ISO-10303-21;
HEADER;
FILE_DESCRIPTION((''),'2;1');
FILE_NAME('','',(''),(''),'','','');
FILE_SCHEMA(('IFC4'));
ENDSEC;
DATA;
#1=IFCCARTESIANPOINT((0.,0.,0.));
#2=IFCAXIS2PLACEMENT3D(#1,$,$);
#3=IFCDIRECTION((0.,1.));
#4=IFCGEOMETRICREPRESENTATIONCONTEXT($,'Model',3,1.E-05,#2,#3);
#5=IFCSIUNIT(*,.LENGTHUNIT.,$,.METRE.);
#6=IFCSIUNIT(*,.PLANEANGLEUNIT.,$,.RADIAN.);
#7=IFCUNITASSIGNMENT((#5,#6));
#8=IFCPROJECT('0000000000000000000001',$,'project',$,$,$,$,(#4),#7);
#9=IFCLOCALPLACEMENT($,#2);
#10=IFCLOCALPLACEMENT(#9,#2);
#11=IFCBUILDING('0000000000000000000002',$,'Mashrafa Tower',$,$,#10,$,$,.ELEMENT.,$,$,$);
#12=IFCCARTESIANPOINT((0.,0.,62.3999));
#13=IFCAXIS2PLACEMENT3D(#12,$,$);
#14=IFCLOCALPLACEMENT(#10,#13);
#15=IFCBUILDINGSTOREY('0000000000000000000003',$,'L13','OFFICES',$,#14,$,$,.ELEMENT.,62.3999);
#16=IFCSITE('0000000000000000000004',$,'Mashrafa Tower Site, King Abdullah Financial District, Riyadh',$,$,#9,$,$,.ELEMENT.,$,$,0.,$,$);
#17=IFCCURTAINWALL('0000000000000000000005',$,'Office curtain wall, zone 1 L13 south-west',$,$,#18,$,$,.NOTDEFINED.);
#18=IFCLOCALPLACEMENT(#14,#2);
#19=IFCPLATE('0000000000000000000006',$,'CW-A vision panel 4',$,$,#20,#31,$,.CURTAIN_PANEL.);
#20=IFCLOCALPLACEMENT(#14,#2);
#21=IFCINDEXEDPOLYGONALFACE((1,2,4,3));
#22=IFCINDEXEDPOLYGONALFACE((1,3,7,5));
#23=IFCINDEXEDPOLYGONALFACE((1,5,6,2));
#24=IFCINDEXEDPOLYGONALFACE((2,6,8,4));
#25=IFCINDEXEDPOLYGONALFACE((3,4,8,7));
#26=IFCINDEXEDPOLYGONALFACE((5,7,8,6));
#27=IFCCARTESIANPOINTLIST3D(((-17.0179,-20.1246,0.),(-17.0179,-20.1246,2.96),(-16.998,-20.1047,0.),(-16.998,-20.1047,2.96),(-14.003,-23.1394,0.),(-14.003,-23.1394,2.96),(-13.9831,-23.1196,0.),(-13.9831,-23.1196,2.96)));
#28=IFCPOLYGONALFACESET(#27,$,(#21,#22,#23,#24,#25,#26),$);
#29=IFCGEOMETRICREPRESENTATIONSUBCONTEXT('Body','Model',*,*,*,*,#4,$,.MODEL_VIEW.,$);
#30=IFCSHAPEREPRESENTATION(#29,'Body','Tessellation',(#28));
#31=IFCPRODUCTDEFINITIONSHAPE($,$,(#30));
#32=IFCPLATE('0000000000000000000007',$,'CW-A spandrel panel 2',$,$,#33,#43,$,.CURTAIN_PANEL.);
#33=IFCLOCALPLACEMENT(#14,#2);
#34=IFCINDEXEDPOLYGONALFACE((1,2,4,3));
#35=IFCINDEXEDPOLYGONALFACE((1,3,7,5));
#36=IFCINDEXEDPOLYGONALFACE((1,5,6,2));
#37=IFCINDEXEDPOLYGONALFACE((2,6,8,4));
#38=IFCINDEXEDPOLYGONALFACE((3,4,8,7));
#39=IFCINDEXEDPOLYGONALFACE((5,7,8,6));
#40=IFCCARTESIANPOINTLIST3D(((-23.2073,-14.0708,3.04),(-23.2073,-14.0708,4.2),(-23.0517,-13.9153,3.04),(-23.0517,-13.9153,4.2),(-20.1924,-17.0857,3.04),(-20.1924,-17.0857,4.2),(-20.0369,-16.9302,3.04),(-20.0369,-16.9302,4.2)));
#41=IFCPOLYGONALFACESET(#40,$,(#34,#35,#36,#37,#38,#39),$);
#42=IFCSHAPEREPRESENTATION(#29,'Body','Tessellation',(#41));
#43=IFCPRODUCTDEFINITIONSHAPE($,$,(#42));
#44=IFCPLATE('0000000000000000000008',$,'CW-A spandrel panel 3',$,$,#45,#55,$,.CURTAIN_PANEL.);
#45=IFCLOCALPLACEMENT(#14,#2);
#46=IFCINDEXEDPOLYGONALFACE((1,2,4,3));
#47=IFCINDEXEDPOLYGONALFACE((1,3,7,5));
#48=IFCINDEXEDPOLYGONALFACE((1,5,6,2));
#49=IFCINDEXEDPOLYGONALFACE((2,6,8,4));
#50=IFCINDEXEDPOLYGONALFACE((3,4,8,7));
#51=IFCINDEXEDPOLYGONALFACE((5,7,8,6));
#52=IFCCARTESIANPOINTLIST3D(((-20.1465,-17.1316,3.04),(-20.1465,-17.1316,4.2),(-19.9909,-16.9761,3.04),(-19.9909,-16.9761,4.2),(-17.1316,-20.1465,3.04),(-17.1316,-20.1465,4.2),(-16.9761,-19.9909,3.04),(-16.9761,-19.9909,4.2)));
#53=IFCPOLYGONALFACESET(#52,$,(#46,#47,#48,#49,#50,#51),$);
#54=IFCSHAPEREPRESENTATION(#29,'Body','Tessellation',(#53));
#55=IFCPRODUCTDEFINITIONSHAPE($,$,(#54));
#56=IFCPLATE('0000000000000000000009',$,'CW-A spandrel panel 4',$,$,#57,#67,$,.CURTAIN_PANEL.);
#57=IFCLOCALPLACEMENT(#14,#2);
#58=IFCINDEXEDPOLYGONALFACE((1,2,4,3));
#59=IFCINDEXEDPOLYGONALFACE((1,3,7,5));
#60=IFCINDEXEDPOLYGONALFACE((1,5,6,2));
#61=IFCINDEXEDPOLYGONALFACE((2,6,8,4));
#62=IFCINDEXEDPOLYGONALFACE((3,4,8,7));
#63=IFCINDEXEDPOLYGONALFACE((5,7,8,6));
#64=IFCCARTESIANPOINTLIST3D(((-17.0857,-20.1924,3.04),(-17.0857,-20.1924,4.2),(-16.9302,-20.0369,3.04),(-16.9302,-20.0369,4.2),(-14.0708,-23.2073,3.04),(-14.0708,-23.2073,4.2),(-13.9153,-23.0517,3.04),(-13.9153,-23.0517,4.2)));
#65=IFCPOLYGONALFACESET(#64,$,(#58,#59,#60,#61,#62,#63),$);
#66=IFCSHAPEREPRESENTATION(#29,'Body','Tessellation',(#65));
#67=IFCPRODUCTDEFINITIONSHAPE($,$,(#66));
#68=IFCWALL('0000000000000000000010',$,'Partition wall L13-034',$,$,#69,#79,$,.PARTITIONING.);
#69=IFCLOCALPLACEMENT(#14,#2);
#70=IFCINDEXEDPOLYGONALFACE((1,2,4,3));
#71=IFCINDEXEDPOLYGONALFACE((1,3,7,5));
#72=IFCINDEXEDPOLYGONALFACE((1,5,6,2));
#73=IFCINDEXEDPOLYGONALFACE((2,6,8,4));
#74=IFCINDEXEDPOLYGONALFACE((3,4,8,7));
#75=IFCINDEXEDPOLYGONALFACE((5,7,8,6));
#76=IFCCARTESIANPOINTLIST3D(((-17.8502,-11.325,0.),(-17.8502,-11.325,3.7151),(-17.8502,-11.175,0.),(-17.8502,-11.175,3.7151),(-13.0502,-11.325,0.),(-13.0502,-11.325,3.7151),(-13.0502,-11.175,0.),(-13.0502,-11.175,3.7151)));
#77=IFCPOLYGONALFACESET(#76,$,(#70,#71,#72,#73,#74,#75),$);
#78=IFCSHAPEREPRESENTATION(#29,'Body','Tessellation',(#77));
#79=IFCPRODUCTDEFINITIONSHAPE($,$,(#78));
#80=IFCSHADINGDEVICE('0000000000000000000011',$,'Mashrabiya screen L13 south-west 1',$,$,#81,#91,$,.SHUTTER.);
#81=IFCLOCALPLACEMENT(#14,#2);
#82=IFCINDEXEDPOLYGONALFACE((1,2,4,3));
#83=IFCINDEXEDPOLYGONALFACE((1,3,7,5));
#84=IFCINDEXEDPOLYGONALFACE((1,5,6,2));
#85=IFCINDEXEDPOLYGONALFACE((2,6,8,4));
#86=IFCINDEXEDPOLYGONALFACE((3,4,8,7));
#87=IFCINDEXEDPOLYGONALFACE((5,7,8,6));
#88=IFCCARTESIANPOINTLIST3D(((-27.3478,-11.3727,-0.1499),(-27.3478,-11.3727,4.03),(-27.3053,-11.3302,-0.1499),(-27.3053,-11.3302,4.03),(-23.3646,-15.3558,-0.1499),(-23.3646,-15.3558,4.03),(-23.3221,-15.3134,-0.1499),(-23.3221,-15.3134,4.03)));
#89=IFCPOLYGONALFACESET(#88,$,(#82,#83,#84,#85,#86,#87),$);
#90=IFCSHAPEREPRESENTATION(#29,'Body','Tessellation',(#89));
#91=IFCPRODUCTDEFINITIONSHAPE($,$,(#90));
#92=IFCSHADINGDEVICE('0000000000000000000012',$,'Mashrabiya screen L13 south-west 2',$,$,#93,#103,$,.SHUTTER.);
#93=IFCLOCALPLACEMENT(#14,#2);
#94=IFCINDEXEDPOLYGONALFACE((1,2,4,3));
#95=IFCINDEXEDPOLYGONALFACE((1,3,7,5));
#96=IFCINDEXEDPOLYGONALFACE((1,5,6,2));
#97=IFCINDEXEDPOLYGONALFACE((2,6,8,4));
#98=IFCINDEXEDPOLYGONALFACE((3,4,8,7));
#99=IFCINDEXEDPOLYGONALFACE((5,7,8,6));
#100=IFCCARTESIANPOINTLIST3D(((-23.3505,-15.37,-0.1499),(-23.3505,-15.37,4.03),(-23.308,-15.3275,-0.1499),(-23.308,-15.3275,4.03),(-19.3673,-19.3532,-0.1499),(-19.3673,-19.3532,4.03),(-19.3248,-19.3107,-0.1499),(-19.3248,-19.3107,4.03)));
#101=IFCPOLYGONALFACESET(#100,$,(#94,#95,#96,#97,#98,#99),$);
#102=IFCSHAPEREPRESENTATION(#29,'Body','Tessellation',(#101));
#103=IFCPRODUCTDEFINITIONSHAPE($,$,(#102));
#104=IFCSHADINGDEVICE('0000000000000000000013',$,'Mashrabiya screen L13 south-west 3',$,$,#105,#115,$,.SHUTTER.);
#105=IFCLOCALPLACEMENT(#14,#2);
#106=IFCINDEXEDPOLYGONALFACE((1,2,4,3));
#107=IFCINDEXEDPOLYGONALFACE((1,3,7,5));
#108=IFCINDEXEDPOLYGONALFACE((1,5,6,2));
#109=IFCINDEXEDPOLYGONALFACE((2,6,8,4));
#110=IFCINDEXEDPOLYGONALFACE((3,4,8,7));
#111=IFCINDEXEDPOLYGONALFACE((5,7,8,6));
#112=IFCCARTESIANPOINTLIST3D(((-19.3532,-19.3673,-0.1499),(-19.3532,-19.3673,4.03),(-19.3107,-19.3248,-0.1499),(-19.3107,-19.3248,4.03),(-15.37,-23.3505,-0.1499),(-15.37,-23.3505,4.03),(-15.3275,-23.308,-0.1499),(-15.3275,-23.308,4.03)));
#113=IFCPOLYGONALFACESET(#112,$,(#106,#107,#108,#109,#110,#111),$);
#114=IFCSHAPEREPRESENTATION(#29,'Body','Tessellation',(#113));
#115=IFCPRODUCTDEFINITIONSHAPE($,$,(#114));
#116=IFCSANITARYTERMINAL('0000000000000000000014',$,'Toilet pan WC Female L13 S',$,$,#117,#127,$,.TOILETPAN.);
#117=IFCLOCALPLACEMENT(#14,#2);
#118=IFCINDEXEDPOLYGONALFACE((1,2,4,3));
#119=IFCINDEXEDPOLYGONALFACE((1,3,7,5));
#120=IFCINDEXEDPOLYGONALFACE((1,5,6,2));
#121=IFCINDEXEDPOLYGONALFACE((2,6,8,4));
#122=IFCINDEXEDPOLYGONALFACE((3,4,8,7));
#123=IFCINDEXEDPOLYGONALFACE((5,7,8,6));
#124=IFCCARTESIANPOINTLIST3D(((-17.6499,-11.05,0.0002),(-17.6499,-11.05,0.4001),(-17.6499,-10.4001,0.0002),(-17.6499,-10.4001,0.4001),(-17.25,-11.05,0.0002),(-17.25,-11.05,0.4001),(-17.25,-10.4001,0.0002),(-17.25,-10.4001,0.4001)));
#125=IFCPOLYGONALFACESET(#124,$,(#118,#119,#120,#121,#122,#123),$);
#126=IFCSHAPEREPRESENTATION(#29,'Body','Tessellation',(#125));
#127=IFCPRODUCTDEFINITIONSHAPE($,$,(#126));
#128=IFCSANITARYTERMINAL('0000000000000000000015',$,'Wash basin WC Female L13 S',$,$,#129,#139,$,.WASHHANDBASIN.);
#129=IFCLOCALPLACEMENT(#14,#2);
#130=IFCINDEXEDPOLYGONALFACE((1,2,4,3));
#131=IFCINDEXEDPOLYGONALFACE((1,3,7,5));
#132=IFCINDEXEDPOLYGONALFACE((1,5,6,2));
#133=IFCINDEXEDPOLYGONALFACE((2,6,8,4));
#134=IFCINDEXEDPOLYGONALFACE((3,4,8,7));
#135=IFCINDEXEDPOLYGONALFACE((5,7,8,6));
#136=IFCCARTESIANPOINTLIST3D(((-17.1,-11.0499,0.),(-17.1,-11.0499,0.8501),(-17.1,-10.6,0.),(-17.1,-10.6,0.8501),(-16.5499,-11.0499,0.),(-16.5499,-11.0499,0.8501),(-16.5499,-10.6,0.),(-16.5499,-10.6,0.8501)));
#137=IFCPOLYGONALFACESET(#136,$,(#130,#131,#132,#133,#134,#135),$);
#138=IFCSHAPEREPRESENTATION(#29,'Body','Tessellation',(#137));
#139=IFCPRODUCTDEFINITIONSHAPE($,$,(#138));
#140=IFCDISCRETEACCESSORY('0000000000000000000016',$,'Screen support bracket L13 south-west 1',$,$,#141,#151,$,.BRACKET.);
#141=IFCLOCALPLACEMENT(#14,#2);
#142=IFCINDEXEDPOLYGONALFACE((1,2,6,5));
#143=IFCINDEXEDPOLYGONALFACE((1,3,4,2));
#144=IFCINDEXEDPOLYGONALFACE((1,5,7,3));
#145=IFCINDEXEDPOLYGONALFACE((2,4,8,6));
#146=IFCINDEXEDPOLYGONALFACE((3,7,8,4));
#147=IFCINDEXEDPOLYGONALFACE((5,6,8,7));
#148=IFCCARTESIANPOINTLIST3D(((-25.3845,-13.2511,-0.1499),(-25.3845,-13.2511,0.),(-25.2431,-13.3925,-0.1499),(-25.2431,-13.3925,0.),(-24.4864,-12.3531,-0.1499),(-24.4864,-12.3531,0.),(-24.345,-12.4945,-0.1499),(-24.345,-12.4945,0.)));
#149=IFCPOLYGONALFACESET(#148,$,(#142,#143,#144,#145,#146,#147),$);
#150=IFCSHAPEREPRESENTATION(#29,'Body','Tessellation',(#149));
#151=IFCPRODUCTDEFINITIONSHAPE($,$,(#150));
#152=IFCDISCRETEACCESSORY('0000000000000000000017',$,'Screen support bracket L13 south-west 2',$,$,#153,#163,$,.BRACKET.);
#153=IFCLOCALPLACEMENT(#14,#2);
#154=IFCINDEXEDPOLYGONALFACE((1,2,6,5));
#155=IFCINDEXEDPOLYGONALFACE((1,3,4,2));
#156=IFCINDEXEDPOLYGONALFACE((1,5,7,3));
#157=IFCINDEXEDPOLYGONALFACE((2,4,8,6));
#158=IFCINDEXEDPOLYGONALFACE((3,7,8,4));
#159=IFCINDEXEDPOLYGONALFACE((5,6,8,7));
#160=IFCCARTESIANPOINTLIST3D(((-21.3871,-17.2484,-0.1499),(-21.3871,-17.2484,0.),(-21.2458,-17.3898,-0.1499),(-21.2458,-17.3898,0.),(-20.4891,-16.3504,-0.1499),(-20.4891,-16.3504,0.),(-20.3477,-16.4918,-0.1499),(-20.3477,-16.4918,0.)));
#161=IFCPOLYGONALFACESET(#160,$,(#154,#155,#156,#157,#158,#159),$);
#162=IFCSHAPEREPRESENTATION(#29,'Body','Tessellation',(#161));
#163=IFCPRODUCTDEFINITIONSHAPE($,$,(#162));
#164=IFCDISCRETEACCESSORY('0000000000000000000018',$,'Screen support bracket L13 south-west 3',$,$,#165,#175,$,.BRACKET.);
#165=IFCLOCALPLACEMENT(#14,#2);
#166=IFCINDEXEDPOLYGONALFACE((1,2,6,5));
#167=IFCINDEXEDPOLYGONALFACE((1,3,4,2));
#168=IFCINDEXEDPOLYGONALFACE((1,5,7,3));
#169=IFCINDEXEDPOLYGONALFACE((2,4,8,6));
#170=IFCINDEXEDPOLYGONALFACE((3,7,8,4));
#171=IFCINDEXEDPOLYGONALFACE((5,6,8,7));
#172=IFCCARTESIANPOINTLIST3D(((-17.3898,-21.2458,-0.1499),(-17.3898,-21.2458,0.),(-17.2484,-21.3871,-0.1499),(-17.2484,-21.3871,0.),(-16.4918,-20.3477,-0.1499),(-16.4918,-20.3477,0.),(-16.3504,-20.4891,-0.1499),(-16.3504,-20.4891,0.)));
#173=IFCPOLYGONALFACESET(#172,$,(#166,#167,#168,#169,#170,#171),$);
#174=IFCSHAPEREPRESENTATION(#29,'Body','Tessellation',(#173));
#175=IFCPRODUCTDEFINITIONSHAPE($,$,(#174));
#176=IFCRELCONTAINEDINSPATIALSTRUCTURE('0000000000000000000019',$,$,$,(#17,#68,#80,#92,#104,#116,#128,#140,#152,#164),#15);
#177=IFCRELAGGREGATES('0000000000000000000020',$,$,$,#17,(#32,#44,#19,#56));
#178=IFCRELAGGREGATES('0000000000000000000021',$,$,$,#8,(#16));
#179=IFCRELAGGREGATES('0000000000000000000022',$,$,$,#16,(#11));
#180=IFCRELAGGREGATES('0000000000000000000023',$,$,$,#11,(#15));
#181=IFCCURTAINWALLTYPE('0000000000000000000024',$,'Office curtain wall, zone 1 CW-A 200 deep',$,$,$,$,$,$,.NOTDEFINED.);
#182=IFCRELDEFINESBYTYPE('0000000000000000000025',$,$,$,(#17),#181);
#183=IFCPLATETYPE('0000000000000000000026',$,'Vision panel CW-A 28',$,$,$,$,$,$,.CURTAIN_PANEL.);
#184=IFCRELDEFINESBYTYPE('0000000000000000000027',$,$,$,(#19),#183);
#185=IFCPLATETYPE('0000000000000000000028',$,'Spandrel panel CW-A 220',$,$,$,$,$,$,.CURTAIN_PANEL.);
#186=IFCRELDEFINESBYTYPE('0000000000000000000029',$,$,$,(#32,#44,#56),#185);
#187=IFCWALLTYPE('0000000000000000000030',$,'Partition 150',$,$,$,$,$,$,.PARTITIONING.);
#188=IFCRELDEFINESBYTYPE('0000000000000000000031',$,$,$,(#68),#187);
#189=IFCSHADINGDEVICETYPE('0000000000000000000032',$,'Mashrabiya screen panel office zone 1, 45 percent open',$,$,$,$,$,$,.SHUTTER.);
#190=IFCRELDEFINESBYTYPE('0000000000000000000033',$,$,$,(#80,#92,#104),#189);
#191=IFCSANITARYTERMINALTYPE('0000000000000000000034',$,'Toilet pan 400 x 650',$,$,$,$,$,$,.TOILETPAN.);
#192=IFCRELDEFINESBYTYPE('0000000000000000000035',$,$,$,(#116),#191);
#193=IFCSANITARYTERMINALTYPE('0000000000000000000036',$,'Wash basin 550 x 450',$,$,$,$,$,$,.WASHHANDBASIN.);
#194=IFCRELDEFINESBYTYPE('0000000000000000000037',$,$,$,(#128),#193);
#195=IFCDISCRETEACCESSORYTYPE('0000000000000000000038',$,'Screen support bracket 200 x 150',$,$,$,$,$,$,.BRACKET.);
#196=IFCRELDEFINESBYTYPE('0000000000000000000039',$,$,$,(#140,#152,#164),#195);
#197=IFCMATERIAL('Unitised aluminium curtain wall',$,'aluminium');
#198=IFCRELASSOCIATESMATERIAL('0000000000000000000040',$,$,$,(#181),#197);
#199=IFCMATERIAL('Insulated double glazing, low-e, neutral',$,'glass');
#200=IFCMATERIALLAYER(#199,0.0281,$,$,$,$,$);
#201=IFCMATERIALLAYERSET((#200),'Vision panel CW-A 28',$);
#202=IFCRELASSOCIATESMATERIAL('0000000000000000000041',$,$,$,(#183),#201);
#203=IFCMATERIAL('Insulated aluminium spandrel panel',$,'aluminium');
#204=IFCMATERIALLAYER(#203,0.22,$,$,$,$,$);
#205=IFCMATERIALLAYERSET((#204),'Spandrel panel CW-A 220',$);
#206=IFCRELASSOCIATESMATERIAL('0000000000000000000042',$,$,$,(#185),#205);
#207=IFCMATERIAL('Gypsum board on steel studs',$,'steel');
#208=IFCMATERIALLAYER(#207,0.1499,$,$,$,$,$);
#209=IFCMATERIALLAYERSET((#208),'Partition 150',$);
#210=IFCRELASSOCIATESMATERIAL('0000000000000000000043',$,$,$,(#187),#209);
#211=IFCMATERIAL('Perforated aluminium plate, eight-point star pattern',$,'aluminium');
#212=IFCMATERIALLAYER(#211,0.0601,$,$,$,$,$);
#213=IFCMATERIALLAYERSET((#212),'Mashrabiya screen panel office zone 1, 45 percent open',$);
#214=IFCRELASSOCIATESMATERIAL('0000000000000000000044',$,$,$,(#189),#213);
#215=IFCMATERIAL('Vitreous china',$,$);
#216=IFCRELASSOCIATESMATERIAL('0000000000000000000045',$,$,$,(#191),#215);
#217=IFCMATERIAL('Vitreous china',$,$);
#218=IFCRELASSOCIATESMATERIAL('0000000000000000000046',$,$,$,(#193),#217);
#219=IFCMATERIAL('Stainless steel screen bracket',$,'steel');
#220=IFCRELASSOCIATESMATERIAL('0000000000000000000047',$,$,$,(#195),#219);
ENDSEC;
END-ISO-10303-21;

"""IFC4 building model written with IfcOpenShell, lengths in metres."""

from ifc_helpers import new_model, si_unit, direction, frame, frame_2d, origin, origin_2d, place, context, subcontext, project, spatial, rectangle, extrude, source, transform, mapped, material, layer, layer_set, type_object, type_shapes, element, aggregate, save


model = new_model("IFC4")

# Units and contexts
model_context = context("Model", 3, precision=1e-05, world=origin(), true_north=direction((0.0, 1.0)))
body_context = subcontext(model_context, "Body", "Model", "MODEL_VIEW")
ifc_project = project(units=[si_unit("LENGTHUNIT", "METRE"), si_unit("PLANEANGLEUNIT", "RADIAN")], contexts=[model_context])

# Site, building, storey
site_placement = place(None, origin())
site = spatial("IfcSite", under=ifc_project, at=site_placement, Name="Mashrafa Tower Site, King Abdullah Financial District, Riyadh", CompositionType="ELEMENT", RefElevation=0.0)
building_placement = place(site_placement, origin())
building = spatial("IfcBuilding", under=site, at=building_placement, Name="Mashrafa Tower", CompositionType="ELEMENT")
storey_placement = place(building_placement, frame((0.0, 0.0, 62.3999)))
storey = spatial("IfcBuildingStorey", under=building, at=storey_placement, Name="L13", Description="OFFICES", CompositionType="ELEMENT", Elevation=62.3999)

# Shared definitions
ifc_material_1 = material(Name="Unitised aluminium curtain wall", Category="aluminium")
curtain_wall_type = type_object("IfcCurtainWallType", Name="Office curtain wall, zone 1 CW-A 200 deep", PredefinedType="NOTDEFINED", material=ifc_material_1)

# Curtain wall, plates
curtain_wall_1_placement = place(storey_placement, origin())
curtain_wall_1 = element("IfcCurtainWall", 1, at=curtain_wall_1_placement, inside=storey, type_object=curtain_wall_type, Name="Office curtain wall, zone 1 L13 south-west", PredefinedType="NOTDEFINED")
ifc_material_2 = material(Name="Insulated double glazing, low-e, neutral", Category="glass")
ifc_layer_1 = layer(ifc_material_2, 0.0281)
ifc_layer_set_1 = layer_set([ifc_layer_1], Name="Vision panel CW-A 28")
plate_type_1 = type_object("IfcPlateType", Name="Vision panel CW-A 28", PredefinedType="CURTAIN_PANEL", material=ifc_layer_set_1)
ifc_material_3 = material(Name="Insulated aluminium spandrel panel", Category="aluminium")
ifc_layer_2 = layer(ifc_material_3, 0.22)
ifc_layer_set_2 = layer_set([ifc_layer_2], Name="Spandrel panel CW-A 220")
plate_type_2 = type_object("IfcPlateType", Name="Spandrel panel CW-A 220", PredefinedType="CURTAIN_PANEL", material=ifc_layer_set_2)
shared_shape_1 = source(origin(), body_context, "Body", "SweptSolid", [
    extrude(rectangle(XDim=4.2637, YDim=0.0281, at=origin_2d()), origin(), (0.0, 0.0, 1.0), 2.96),
])
plate_1_placement = place(storey_placement, frame((-15.5005, -21.6221, 0.0), z_axis=(0.0, 0.0, 1.0), x_axis=(0.707107, -0.707107, 0.0)))
plate_1 = element("IfcPlate", 2, at=plate_1_placement, type_object=plate_type_1, Name="CW-A vision panel 4", PredefinedType="CURTAIN_PANEL", context=body_context, shape_type="MappedRepresentation", body=[
    mapped(shared_shape_1, transform((0.0, 0.0, 0.0))),
])
shared_shape_2 = source(origin(), body_context, "Body", "SweptSolid", [
    extrude(rectangle(XDim=4.2637, YDim=0.22, at=origin_2d()), origin(), (0.0, 0.0, 1.0), 1.1599),
])
plate_2_placement = place(storey_placement, frame((-21.6221, -15.5005, 3.04), z_axis=(0.0, 0.0, 1.0), x_axis=(0.707107, -0.707107, 0.0)))
plate_2 = element("IfcPlate", 3, at=plate_2_placement, type_object=plate_type_2, Name="CW-A spandrel panel 2", PredefinedType="CURTAIN_PANEL", context=body_context, shape_type="MappedRepresentation", body=[
    mapped(shared_shape_2, transform((0.0, 0.0, 0.0))),
])
plate_3_placement = place(storey_placement, frame((-18.5613, -18.5613, 3.04), z_axis=(0.0, 0.0, 1.0), x_axis=(0.707107, -0.707107, 0.0)))
plate_3 = element("IfcPlate", 4, at=plate_3_placement, type_object=plate_type_2, Name="CW-A spandrel panel 3", PredefinedType="CURTAIN_PANEL", context=body_context, shape_type="MappedRepresentation", body=[
    mapped(shared_shape_2, transform((0.0, 0.0, 0.0))),
])
plate_4_placement = place(storey_placement, frame((-15.5005, -21.6221, 3.04), z_axis=(0.0, 0.0, 1.0), x_axis=(0.707107, -0.707107, 0.0)))
plate_4 = element("IfcPlate", 5, at=plate_4_placement, type_object=plate_type_2, Name="CW-A spandrel panel 4", PredefinedType="CURTAIN_PANEL", context=body_context, shape_type="MappedRepresentation", body=[
    mapped(shared_shape_2, transform((0.0, 0.0, 0.0))),
])
aggregate(curtain_wall_1, [plate_2, plate_3, plate_1, plate_4])

# Wall
ifc_material_4 = material(Name="Gypsum board on steel studs", Category="steel")
ifc_layer_3 = layer(ifc_material_4, 0.1499)
ifc_layer_set_3 = layer_set([ifc_layer_3], Name="Partition 150")
wall_type = type_object("IfcWallType", Name="Partition 150", PredefinedType="PARTITIONING", material=ifc_layer_set_3)
wall_placement = place(storey_placement, frame((-17.8501, -11.25, 0.0), z_axis=(0.0, 0.0, 1.0), x_axis=(1.0, 0.0, 0.0)))
element("IfcWall", 6, at=wall_placement, inside=storey, type_object=wall_type, Name="Partition wall L13-034", PredefinedType="PARTITIONING", context=body_context, shape_type="SweptSolid", body=[
    extrude(rectangle(XDim=4.8, YDim=0.1499, at=frame_2d((2.3999, 0.0))), origin(), (0.0, 0.0, 1.0), 3.7151),
])

# Shading devices
ifc_material_5 = material(Name="Perforated aluminium plate, eight-point star pattern", Category="aluminium")
ifc_layer_4 = layer(ifc_material_5, 0.0601)
ifc_layer_set_4 = layer_set([ifc_layer_4], Name="Mashrabiya screen panel office zone 1, 45 percent open")
shading_device_type = type_object("IfcShadingDeviceType", Name="Mashrabiya screen panel office zone 1, 45 percent open", PredefinedType="SHUTTER", material=ifc_layer_set_4)
shared_shape_3 = source(origin(), body_context, "Body", "SweptSolid", [
    extrude(rectangle(XDim=5.6331, YDim=0.0601, at=origin_2d()), origin(), (0.0, 0.0, 1.0), 4.1799),
])
type_shapes(shading_device_type, [shared_shape_3])
for number, where, z_axis, x_axis, name in (
    (7, (-25.335, -13.343, -0.1499), (0.0, 0.0, 1.0), (0.707107, -0.707107, 0.0), "Mashrabiya screen L13 south-west 1"),
    (8, (-21.3376, -17.3403, -0.1499), (0.0, 0.0, 1.0), (0.707107, -0.707107, 0.0), "Mashrabiya screen L13 south-west 2"),
    (9, (-17.3403, -21.3376, -0.1499), (0.0, 0.0, 1.0), (0.707107, -0.707107, 0.0), "Mashrabiya screen L13 south-west 3"),
):
    element("IfcShadingDevice", number, at=place(storey_placement, frame(where, z_axis=z_axis, x_axis=x_axis)), inside=storey, type_object=shading_device_type, Name=name, PredefinedType="SHUTTER", context=body_context, shape_type="MappedRepresentation", body=[
        mapped(shared_shape_3, transform((0.0, 0.0, 0.0))),
    ])

# Sanitary terminals
ifc_material_6 = material(Name="Vitreous china")
sanitary_terminal_type_1 = type_object("IfcSanitaryTerminalType", Name="Toilet pan 400 x 650", PredefinedType="TOILETPAN", material=ifc_material_6)
sanitary_terminal_1_placement = place(storey_placement, frame((-17.45, -10.7251, 0.0002), z_axis=(0.0, 0.0, 1.0), x_axis=(1.0, 0.0, 0.0)))
element("IfcSanitaryTerminal", 10, at=sanitary_terminal_1_placement, inside=storey, type_object=sanitary_terminal_type_1, Name="Toilet pan WC Female L13 S", PredefinedType="TOILETPAN", context=body_context, shape_type="SweptSolid", body=[
    extrude(rectangle(XDim=0.3999, YDim=0.6499, at=origin_2d()), origin(), (0.0, 0.0, 1.0), 0.3999),
])
ifc_material_7 = material(Name="Vitreous china")
sanitary_terminal_type_2 = type_object("IfcSanitaryTerminalType", Name="Wash basin 550 x 450", PredefinedType="WASHHANDBASIN", material=ifc_material_7)
sanitary_terminal_2_placement = place(storey_placement, frame((-16.825, -10.825, 0.0), z_axis=(0.0, 0.0, 1.0), x_axis=(1.0, 0.0, 0.0)))
element("IfcSanitaryTerminal", 11, at=sanitary_terminal_2_placement, inside=storey, type_object=sanitary_terminal_type_2, Name="Wash basin WC Female L13 S", PredefinedType="WASHHANDBASIN", context=body_context, shape_type="SweptSolid", body=[
    extrude(rectangle(XDim=0.55, YDim=0.45, at=origin_2d()), origin(), (0.0, 0.0, 1.0), 0.8501),
])

# Discrete accessories
ifc_material_8 = material(Name="Stainless steel screen bracket", Category="steel")
discrete_accessory_type = type_object("IfcDiscreteAccessoryType", Name="Screen support bracket 200 x 150", PredefinedType="BRACKET", material=ifc_material_8)
shared_shape_4 = source(origin(), body_context, "Body", "SweptSolid", [
    extrude(rectangle(XDim=0.2, YDim=1.27, at=origin_2d()), origin(), (0.0, 0.0, 1.0), 0.1499),
])
type_shapes(discrete_accessory_type, [shared_shape_4])
for number, where, z_axis, x_axis, name in (
    (12, (-24.8647, -12.8728, -0.1499), (0.0, 0.0, 1.0), (0.707107, -0.707107, 0.0), "Screen support bracket L13 south-west 1"),
    (13, (-20.8674, -16.8701, -0.1499), (0.0, 0.0, 1.0), (0.707107, -0.707107, 0.0), "Screen support bracket L13 south-west 2"),
    (14, (-16.8701, -20.8674, -0.1499), (0.0, 0.0, 1.0), (0.707107, -0.707107, 0.0), "Screen support bracket L13 south-west 3"),
):
    element("IfcDiscreteAccessory", number, at=place(storey_placement, frame(where, z_axis=z_axis, x_axis=x_axis)), inside=storey, type_object=discrete_accessory_type, Name=name, PredefinedType="BRACKET", context=body_context, shape_type="MappedRepresentation", body=[
        mapped(shared_shape_4, transform((0.0, 0.0, 0.0))),
    ])

save(model, "model.ifc")
